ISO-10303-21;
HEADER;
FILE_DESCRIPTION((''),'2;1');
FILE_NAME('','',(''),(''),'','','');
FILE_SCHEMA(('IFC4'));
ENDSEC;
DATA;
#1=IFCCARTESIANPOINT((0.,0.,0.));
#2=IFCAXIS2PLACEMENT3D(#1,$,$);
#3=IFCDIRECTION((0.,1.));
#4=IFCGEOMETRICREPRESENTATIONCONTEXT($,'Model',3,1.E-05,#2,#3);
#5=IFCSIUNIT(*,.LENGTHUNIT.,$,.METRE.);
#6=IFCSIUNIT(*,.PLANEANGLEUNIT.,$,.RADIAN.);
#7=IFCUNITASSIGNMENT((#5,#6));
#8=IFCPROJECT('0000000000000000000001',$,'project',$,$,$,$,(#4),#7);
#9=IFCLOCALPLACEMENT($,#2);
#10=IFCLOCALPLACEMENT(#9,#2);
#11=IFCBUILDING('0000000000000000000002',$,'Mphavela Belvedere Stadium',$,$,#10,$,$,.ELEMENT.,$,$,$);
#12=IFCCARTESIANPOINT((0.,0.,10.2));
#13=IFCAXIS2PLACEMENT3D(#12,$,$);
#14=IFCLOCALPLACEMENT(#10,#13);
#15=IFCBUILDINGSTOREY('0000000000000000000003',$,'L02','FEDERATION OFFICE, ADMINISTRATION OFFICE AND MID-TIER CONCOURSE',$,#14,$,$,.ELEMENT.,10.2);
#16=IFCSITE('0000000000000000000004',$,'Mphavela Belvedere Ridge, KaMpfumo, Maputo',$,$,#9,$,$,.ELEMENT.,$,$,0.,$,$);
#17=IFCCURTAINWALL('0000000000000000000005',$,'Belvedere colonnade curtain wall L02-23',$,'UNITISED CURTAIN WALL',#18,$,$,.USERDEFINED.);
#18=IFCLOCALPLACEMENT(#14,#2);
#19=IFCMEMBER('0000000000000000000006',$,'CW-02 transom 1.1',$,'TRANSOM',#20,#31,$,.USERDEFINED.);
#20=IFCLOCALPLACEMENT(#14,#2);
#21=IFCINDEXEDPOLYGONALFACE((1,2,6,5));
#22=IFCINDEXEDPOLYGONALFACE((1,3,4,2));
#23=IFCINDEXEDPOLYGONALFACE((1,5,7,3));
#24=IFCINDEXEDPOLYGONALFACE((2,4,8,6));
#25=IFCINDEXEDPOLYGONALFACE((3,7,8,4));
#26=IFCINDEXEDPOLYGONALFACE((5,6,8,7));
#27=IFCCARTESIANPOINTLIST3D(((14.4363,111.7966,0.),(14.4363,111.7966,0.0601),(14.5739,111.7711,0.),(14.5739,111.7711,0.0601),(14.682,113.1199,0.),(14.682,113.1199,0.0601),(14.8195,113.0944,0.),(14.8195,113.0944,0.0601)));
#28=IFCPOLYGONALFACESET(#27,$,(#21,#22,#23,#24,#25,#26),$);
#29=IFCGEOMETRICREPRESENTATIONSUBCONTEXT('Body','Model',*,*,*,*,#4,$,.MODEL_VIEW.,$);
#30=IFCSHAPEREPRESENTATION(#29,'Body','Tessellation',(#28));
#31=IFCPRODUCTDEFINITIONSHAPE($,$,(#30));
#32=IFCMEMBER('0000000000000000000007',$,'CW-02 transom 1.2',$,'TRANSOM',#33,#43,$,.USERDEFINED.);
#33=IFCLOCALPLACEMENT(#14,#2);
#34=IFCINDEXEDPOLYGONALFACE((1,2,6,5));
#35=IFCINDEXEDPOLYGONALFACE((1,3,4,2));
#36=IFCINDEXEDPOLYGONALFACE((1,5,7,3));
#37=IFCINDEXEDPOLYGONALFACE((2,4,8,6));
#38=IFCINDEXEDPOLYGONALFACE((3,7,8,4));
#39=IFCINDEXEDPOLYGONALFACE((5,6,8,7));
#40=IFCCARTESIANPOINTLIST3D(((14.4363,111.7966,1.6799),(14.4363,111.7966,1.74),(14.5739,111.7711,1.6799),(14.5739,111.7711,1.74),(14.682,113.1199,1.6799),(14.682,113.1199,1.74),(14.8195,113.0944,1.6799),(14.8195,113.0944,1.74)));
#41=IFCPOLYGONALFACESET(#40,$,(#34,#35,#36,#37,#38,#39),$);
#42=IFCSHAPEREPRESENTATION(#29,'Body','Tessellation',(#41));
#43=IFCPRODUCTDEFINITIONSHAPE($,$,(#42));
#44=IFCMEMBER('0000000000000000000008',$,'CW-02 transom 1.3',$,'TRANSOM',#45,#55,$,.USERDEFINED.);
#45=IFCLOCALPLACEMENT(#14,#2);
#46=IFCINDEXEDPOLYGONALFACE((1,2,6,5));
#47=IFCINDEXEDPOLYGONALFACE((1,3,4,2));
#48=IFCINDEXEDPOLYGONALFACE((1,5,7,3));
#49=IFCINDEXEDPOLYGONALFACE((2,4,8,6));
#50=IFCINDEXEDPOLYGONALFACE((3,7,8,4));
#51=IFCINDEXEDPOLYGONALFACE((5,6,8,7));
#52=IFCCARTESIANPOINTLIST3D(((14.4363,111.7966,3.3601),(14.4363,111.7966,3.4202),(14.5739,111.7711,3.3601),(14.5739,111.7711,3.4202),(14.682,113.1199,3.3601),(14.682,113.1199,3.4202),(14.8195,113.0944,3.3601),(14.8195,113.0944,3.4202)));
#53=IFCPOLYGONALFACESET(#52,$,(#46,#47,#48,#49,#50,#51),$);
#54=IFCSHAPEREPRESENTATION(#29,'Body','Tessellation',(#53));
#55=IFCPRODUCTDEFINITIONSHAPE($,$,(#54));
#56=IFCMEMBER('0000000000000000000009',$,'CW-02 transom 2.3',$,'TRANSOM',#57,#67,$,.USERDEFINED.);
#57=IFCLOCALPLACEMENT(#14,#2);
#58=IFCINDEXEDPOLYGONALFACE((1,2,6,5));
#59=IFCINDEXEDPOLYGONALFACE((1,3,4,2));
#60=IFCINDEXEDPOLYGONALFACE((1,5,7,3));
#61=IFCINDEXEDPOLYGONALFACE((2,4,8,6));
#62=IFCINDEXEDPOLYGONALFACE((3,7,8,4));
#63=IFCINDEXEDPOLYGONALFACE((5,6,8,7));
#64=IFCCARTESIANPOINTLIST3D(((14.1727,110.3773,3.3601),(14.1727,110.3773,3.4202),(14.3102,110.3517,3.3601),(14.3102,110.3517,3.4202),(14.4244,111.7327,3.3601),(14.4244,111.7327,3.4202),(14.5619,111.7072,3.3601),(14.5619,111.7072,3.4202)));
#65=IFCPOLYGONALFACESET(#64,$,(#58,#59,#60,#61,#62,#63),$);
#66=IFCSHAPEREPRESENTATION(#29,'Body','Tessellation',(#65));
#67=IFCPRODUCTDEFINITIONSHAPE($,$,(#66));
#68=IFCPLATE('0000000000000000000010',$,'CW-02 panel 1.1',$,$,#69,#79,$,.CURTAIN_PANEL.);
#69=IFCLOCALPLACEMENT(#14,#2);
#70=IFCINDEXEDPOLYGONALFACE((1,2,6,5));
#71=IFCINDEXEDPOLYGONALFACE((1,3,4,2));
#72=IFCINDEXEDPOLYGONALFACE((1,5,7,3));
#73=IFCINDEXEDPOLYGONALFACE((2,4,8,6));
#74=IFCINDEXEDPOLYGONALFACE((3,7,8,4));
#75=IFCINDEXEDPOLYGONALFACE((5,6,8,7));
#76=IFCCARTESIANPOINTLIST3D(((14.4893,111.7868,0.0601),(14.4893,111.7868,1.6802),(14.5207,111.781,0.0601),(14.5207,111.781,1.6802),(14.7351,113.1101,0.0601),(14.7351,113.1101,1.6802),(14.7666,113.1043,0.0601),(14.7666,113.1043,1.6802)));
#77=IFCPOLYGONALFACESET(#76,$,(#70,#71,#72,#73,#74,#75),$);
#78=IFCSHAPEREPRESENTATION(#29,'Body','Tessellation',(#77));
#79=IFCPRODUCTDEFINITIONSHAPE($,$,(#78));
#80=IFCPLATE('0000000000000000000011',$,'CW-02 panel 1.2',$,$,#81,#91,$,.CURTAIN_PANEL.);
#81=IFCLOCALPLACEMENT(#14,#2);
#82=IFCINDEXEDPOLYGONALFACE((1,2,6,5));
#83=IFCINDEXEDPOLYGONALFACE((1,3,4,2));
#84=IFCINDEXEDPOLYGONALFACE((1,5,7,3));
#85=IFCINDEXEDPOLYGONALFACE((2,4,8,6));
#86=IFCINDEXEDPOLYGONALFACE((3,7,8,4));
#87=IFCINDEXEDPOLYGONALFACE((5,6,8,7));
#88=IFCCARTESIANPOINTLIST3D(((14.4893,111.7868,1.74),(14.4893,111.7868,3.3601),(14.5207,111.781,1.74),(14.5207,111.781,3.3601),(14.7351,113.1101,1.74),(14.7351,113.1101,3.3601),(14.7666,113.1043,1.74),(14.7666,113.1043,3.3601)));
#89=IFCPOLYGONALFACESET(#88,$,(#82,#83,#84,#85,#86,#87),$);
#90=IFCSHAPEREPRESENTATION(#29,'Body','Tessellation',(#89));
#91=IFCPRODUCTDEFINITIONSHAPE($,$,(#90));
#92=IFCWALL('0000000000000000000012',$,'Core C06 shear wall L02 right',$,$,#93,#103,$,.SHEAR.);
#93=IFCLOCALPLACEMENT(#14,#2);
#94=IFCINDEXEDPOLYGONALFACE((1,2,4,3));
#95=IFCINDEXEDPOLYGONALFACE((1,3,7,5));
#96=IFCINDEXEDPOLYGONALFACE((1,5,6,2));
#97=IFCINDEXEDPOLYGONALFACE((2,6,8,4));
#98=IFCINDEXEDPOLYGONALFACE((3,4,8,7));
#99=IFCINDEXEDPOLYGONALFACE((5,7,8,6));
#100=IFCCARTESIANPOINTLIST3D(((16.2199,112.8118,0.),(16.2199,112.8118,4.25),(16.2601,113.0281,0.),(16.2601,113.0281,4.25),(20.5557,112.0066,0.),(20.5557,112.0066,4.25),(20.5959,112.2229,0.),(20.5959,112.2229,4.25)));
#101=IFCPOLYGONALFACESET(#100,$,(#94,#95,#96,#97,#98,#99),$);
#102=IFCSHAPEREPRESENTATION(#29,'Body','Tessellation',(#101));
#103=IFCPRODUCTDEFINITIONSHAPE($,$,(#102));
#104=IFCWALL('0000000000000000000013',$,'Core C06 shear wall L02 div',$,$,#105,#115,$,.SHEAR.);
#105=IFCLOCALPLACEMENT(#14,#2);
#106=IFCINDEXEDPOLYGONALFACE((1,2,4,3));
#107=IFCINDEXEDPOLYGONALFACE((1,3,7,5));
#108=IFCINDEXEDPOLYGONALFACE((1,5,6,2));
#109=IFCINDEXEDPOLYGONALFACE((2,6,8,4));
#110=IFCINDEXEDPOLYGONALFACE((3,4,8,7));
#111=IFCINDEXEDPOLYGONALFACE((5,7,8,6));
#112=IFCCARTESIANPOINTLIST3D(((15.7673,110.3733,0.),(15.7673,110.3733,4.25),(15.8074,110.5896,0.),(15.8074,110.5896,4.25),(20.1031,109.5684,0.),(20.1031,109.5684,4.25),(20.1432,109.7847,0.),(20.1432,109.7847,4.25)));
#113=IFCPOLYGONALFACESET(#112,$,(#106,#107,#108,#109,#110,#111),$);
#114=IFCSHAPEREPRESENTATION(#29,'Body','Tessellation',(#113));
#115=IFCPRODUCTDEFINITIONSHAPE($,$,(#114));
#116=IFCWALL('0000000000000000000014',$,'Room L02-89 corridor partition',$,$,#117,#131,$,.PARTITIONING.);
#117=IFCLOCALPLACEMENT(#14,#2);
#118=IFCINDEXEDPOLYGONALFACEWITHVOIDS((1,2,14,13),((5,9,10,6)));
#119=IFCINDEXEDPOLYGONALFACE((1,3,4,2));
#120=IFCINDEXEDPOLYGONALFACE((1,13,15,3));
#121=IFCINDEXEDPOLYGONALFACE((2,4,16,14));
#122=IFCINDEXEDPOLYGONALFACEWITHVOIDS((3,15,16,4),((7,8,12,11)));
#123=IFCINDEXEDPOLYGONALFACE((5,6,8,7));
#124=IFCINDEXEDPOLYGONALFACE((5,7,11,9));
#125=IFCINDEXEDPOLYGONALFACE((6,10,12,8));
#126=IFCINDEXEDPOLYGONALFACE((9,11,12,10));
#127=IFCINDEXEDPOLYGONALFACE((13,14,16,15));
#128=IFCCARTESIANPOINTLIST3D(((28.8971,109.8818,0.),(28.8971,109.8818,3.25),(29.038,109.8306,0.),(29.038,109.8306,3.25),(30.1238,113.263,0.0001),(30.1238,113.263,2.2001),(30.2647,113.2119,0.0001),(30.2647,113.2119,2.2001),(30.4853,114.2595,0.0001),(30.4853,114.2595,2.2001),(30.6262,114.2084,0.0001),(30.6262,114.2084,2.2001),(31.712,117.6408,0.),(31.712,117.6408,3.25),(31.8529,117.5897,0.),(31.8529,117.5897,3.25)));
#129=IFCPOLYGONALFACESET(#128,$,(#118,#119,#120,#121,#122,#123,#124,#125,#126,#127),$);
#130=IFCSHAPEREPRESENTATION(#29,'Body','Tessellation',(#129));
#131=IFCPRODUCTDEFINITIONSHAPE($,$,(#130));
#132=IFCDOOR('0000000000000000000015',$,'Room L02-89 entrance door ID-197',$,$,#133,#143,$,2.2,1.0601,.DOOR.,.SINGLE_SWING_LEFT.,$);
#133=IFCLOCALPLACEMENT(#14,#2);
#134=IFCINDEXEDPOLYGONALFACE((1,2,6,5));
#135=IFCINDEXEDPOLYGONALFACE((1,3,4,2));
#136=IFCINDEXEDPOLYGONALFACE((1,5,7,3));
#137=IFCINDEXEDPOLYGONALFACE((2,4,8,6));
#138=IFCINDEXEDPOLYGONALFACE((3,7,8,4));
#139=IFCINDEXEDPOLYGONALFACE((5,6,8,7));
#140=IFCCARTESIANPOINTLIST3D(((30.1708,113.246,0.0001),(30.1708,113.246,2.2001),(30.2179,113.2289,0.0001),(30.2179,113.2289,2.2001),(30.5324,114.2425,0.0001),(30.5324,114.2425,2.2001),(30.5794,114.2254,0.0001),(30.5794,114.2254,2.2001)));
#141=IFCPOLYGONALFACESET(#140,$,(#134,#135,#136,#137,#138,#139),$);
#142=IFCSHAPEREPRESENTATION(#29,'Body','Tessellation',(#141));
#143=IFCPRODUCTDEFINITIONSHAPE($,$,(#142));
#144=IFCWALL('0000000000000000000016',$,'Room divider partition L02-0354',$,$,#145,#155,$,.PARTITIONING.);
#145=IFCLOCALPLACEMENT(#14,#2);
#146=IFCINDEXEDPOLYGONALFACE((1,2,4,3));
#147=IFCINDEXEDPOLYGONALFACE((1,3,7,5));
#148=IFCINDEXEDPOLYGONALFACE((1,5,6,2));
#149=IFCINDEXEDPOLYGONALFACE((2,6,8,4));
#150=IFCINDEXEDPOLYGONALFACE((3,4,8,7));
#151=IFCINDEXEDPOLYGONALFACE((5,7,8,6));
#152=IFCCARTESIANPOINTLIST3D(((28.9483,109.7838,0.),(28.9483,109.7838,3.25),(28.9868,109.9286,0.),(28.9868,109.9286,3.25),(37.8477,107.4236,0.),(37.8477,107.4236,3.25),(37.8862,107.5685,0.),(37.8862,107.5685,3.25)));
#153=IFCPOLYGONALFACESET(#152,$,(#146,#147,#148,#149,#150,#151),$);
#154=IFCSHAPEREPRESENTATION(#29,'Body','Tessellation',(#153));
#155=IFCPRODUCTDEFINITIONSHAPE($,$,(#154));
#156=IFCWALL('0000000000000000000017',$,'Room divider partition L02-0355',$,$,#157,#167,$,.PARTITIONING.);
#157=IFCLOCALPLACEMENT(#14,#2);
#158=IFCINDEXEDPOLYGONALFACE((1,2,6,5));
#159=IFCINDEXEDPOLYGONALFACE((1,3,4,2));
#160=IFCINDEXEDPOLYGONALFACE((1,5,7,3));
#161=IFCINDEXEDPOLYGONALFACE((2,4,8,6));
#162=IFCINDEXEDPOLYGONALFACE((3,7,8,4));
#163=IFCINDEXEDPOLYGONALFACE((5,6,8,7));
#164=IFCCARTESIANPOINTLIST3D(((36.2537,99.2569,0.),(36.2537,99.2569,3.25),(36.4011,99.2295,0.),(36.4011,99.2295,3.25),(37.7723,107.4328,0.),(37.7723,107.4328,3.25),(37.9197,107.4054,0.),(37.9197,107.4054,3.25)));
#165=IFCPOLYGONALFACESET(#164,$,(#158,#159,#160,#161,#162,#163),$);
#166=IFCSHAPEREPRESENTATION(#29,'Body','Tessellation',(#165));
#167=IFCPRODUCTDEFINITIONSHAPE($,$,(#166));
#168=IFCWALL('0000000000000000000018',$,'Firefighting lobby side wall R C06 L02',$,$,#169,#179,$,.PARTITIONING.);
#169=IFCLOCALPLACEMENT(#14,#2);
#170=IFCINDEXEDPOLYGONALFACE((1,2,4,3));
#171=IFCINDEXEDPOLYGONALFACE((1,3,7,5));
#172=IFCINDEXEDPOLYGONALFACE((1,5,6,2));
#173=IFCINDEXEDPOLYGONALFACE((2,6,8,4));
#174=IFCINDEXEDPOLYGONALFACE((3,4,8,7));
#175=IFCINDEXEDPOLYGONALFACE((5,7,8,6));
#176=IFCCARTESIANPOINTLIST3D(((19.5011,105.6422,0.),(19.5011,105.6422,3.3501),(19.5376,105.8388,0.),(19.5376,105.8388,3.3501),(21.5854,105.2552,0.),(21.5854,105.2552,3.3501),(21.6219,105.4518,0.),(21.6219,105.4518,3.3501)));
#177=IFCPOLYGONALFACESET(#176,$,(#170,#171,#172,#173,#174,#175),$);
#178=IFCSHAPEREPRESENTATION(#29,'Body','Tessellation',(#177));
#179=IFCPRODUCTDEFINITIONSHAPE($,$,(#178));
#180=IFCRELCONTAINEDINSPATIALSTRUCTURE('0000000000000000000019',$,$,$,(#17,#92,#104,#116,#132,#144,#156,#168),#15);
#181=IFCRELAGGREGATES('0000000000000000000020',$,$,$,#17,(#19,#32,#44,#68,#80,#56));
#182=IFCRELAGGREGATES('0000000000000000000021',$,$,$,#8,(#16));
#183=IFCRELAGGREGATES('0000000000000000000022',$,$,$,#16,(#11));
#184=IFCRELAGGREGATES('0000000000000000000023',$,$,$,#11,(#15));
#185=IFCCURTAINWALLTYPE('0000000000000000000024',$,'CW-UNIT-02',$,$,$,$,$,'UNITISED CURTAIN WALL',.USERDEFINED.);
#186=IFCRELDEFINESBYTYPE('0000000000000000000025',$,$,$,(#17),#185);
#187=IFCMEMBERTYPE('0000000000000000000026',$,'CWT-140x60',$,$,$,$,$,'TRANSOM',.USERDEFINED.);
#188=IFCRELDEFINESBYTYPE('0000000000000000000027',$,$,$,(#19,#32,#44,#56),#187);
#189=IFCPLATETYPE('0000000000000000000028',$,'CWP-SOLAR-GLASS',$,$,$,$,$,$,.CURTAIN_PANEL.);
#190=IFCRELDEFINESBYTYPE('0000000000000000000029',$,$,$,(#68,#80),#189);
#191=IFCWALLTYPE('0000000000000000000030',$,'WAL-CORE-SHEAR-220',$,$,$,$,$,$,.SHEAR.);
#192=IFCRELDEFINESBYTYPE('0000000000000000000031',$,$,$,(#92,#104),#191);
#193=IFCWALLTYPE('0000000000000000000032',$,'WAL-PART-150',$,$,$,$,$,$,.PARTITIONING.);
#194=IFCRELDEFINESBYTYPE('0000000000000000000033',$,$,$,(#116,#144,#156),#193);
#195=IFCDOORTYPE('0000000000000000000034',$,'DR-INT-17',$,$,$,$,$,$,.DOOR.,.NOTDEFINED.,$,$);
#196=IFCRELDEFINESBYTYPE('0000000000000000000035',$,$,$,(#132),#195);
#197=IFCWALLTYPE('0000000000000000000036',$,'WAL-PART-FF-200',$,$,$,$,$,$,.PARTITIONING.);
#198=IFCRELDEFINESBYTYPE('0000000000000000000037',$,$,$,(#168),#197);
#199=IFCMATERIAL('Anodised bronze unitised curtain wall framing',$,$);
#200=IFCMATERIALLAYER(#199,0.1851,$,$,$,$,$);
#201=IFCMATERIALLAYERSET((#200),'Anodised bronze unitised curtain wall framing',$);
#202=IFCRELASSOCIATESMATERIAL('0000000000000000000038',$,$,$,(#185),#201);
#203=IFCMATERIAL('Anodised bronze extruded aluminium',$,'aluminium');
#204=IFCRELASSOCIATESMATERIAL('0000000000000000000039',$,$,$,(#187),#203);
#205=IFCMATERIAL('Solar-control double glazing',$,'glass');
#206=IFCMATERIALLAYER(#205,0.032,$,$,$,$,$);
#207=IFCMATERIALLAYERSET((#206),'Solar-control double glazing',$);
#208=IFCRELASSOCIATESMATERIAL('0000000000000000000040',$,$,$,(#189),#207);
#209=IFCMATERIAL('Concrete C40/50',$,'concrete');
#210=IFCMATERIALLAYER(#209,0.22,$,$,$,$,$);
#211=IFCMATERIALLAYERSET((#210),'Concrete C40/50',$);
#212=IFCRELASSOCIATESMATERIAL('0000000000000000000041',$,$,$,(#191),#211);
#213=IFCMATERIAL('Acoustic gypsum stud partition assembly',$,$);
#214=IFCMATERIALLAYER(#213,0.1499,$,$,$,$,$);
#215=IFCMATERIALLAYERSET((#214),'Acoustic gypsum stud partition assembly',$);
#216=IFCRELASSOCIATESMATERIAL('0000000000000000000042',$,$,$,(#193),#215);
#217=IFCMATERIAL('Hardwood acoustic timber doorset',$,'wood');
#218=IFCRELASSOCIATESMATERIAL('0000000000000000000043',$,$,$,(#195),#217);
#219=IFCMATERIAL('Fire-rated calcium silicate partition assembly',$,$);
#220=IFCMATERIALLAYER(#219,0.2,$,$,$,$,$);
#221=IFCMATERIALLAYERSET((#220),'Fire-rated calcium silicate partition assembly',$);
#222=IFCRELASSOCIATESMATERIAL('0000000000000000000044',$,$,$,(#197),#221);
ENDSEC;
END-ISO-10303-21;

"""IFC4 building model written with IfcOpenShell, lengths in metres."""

from ifc_helpers import new_model, si_unit, direction, frame, frame_2d, origin, origin_2d, place, context, subcontext, project, spatial, rectangle, extrude, material, layer, layer_set, material_profile, profile_set, type_object, element, fill, aggregate, save


model = new_model("IFC4")

# Units and contexts
model_context = context("Model", 3, precision=1e-05, world=origin(), true_north=direction((0.0, 1.0)))
body_context = subcontext(model_context, "Body", "Model", "MODEL_VIEW")
ifc_project = project(units=[si_unit("LENGTHUNIT", "METRE"), si_unit("PLANEANGLEUNIT", "RADIAN")], contexts=[model_context])

# Site, building, storey
site_placement = place(None, origin())
site = spatial("IfcSite", under=ifc_project, at=site_placement, Name="Mphavela Belvedere Ridge, KaMpfumo, Maputo", CompositionType="ELEMENT", RefElevation=0.0)
building_placement = place(site_placement, origin())
building = spatial("IfcBuilding", under=site, at=building_placement, Name="Mphavela Belvedere Stadium", CompositionType="ELEMENT")
storey_placement = place(building_placement, frame((0.0, 0.0, 10.2)))
storey = spatial("IfcBuildingStorey", under=building, at=storey_placement, Name="L02", Description="FEDERATION OFFICE, ADMINISTRATION OFFICE AND MID-TIER CONCOURSE", CompositionType="ELEMENT", Elevation=10.2)

# Curtain wall, members, plates
ifc_material_1 = material(Name="Anodised bronze unitised curtain wall framing")
ifc_layer_1 = layer(ifc_material_1, 0.1851)
ifc_layer_set_1 = layer_set([ifc_layer_1], Name="Anodised bronze unitised curtain wall framing")
curtain_wall_type = type_object("IfcCurtainWallType", Name="CW-UNIT-02", ElementType="UNITISED CURTAIN WALL", PredefinedType="USERDEFINED", material=ifc_layer_set_1)
curtain_wall_placement = place(storey_placement, origin())
curtain_wall = element("IfcCurtainWall", 1, at=curtain_wall_placement, inside=storey, type_object=curtain_wall_type, Name="Belvedere colonnade curtain wall L02-23", ObjectType="UNITISED CURTAIN WALL", PredefinedType="USERDEFINED")
ifc_material_2 = material(Name="Anodised bronze extruded aluminium", Category="aluminium")
ifc_material_profile_1 = material_profile(ifc_material_2, rectangle(XDim=0.1399, YDim=0.0601, at=origin_2d()), Name="CW-TRN 140x60")
ifc_profile_set_1 = profile_set([ifc_material_profile_1], Name="Anodised bronze extruded aluminium")
member_type_1 = type_object("IfcMemberType", Name="CWT-140x60", ElementType="TRANSOM", PredefinedType="USERDEFINED", material=ifc_profile_set_1)
member_1_placement = place(storey_placement, frame((14.7507, 113.1072, 0.03), z_axis=(-0.182492, -0.983207, 0.0), x_axis=(0.983207, -0.182492, 0.0)))
member_1 = element("IfcMember", 2, at=member_1_placement, type_object=member_type_1, Name="CW-02 transom 1.1", ObjectType="TRANSOM", PredefinedType="USERDEFINED", context=body_context, shape_type="SweptSolid", body=[
    extrude(rectangle(XDim=0.1399, YDim=0.0601, at=origin_2d()), origin(), (0.0, 0.0, 1.0), 1.3459),
])
member_2_placement = place(storey_placement, frame((14.7507, 113.1072, 1.71), z_axis=(-0.182492, -0.983207, 0.0), x_axis=(0.983207, -0.182492, 0.0)))
member_2 = element("IfcMember", 3, at=member_2_placement, type_object=member_type_1, Name="CW-02 transom 1.2", ObjectType="TRANSOM", PredefinedType="USERDEFINED", context=body_context, shape_type="SweptSolid", body=[
    extrude(rectangle(XDim=0.1399, YDim=0.0601, at=origin_2d()), origin(), (0.0, 0.0, 1.0), 1.3459),
])
member_3_placement = place(storey_placement, frame((14.7507, 113.1072, 3.3901), z_axis=(-0.182492, -0.983207, 0.0), x_axis=(0.983207, -0.182492, 0.0)))
member_3 = element("IfcMember", 4, at=member_3_placement, type_object=member_type_1, Name="CW-02 transom 1.3", ObjectType="TRANSOM", PredefinedType="USERDEFINED", context=body_context, shape_type="SweptSolid", body=[
    extrude(rectangle(XDim=0.1399, YDim=0.0601, at=origin_2d()), origin(), (0.0, 0.0, 1.0), 1.3459),
])
member_4_placement = place(storey_placement, frame((14.4932, 111.72, 3.3901), z_axis=(-0.182578, -0.983191, 0.0), x_axis=(0.983191, -0.182578, 0.0)))
member_4 = element("IfcMember", 5, at=member_4_placement, type_object=member_type_1, Name="CW-02 transom 2.3", ObjectType="TRANSOM", PredefinedType="USERDEFINED", context=body_context, shape_type="SweptSolid", body=[
    extrude(rectangle(XDim=0.1399, YDim=0.0601, at=origin_2d()), origin(), (0.0, 0.0, 1.0), 1.3787),
])
ifc_material_3 = material(Name="Solar-control double glazing", Category="glass")
ifc_layer_2 = layer(ifc_material_3, 0.032)
ifc_layer_set_2 = layer_set([ifc_layer_2], Name="Solar-control double glazing")
plate_type = type_object("IfcPlateType", Name="CWP-SOLAR-GLASS", PredefinedType="CURTAIN_PANEL", material=ifc_layer_set_2)
plate_1_placement = place(storey_placement, frame((14.6279, 112.4456, 0.0601), z_axis=(0.0, 0.0, 1.0), x_axis=(-0.182625, -0.983183, 0.0)))
plate_1 = element("IfcPlate", 6, at=plate_1_placement, type_object=plate_type, Name="CW-02 panel 1.1", PredefinedType="CURTAIN_PANEL", context=body_context, shape_type="SweptSolid", body=[
    extrude(rectangle(XDim=1.3459, YDim=0.032, at=origin_2d()), origin(), (0.0, 0.0, 1.0), 1.6201),
])
plate_2_placement = place(storey_placement, frame((14.6279, 112.4456, 1.74), z_axis=(0.0, 0.0, 1.0), x_axis=(-0.182625, -0.983183, 0.0)))
plate_2 = element("IfcPlate", 7, at=plate_2_placement, type_object=plate_type, Name="CW-02 panel 1.2", PredefinedType="CURTAIN_PANEL", context=body_context, shape_type="SweptSolid", body=[
    extrude(rectangle(XDim=1.3459, YDim=0.032, at=origin_2d()), origin(), (0.0, 0.0, 1.0), 1.6201),
])
aggregate(curtain_wall, [member_1, member_2, member_3, plate_1, plate_2, member_4])

# Walls
ifc_material_4 = material(Name="Concrete C40/50", Category="concrete")
ifc_layer_3 = layer(ifc_material_4, 0.22)
ifc_layer_set_3 = layer_set([ifc_layer_3], Name="Concrete C40/50")
wall_type_1 = type_object("IfcWallType", Name="WAL-CORE-SHEAR-220", PredefinedType="SHEAR", material=ifc_layer_set_3)
for number, where, z_axis, x_axis, name in (
    (8, (20.5759, 112.1147, 0.0), (0.0, 0.0, 1.0), (-0.98319, 0.182587, 0.0), "Core C06 shear wall L02 right"),
    (9, (20.1233, 109.6765, 0.0), (0.0, 0.0, 1.0), (-0.983202, 0.182523, 0.0), "Core C06 shear wall L02 div"),
):
    element("IfcWall", number, at=place(storey_placement, frame(where, z_axis=z_axis, x_axis=x_axis)), inside=storey, type_object=wall_type_1, Name=name, PredefinedType="SHEAR", context=body_context, shape_type="SweptSolid", body=[
        extrude(rectangle(XDim=4.4099, YDim=0.22, at=frame_2d((2.2051, 0.0))), origin(), (0.0, 0.0, 1.0), 4.25),
    ])

# Wall, opening, door
ifc_material_5 = material(Name="Acoustic gypsum stud partition assembly")
ifc_layer_4 = layer(ifc_material_5, 0.1499)
ifc_layer_set_4 = layer_set([ifc_layer_4], Name="Acoustic gypsum stud partition assembly")
wall_type_2 = type_object("IfcWallType", Name="WAL-PART-150", PredefinedType="PARTITIONING", material=ifc_layer_set_4)
wall_1_placement = place(storey_placement, frame((28.9675, 109.8562, 0.0), z_axis=(0.0, 0.0, 1.0), x_axis=(0.341045, 0.940047, 0.0)))
wall_1 = element("IfcWall", 10, at=wall_1_placement, inside=storey, type_object=wall_type_2, Name="Room L02-89 corridor partition", PredefinedType="PARTITIONING", context=body_context, shape_type="SweptSolid", body=[
    extrude(rectangle(XDim=8.2539, YDim=0.1499, at=frame_2d((4.127, 0.0))), origin(), (0.0, 0.0, 1.0), 3.25),
])
opening_placement = place(wall_1_placement, frame((3.5969, 0.0, 0.0)))
opening = element("IfcOpeningElement", 11, at=opening_placement, cuts=wall_1, PredefinedType="OPENING", context=body_context, shape_type="SweptSolid", body=[
    extrude(rectangle(XDim=1.0601, YDim=2.2, at=frame_2d((0.53, 1.1001))), frame((0.0, 0.085, 0.0), z_axis=(0.0, -1.0, 0.0), x_axis=(1.0, 0.0, 0.0)), (0.0, 0.0, 1.0), 0.1699),
])
ifc_material_6 = material(Name="Hardwood acoustic timber doorset", Category="wood")
door_type = type_object("IfcDoorType", Name="DR-INT-17", OperationType="NOTDEFINED", PredefinedType="DOOR", material=ifc_material_6)
door_placement = place(opening_placement, origin())
door = element("IfcDoor", 12, at=door_placement, inside=storey, type_object=door_type, Name="Room L02-89 entrance door ID-197", OperationType="SINGLE_SWING_LEFT", OverallHeight=2.2, OverallWidth=1.0601, PredefinedType="DOOR", context=body_context, shape_type="SweptSolid", body=[
    extrude(rectangle(XDim=1.0601, YDim=2.2, at=frame_2d((0.53, 1.1001))), frame((0.0, 0.0249, 0.0), z_axis=(0.0, -1.0, 0.0), x_axis=(1.0, 0.0, 0.0)), (0.0, 0.0, 1.0), 0.05),
])
fill(opening, door)

# Walls
wall_2_placement = place(storey_placement, frame((37.8669, 107.4961, 0.0), z_axis=(0.0, 0.0, 1.0), x_axis=(-0.966587, 0.256337, 0.0)))
element("IfcWall", 13, at=wall_2_placement, inside=storey, type_object=wall_type_2, Name="Room divider partition L02-0354", PredefinedType="PARTITIONING", context=body_context, shape_type="SweptSolid", body=[
    extrude(rectangle(XDim=9.207, YDim=0.1499, at=frame_2d((4.6035, 0.0))), origin(), (0.0, 0.0, 1.0), 3.25),
])
wall_3_placement = place(storey_placement, frame((37.8459, 107.4189, 0.0), z_axis=(0.0, 0.0, 1.0), x_axis=(-0.182615, -0.983185, 0.0)))
element("IfcWall", 14, at=wall_3_placement, inside=storey, type_object=wall_type_2, Name="Room divider partition L02-0355", PredefinedType="PARTITIONING", context=body_context, shape_type="SweptSolid", body=[
    extrude(rectangle(XDim=8.3157, YDim=0.1499, at=frame_2d((4.1577, 0.0))), origin(), (0.0, 0.0, 1.0), 3.25),
])
ifc_material_7 = material(Name="Fire-rated calcium silicate partition assembly")
ifc_layer_5 = layer(ifc_material_7, 0.2)
ifc_layer_set_5 = layer_set([ifc_layer_5], Name="Fire-rated calcium silicate partition assembly")
wall_type_3 = type_object("IfcWallType", Name="WAL-PART-FF-200", PredefinedType="PARTITIONING", material=ifc_layer_set_5)
wall_4_placement = place(storey_placement, frame((21.6038, 105.3535, 0.0), z_axis=(0.0, 0.0, 1.0), x_axis=(-0.983198, 0.182543, 0.0)))
element("IfcWall", 15, at=wall_4_placement, inside=storey, type_object=wall_type_3, Name="Firefighting lobby side wall R C06 L02", PredefinedType="PARTITIONING", context=body_context, shape_type="SweptSolid", body=[
    extrude(rectangle(XDim=2.1199, YDim=0.2, at=frame_2d((1.0601, 0.0))), origin(), (0.0, 0.0, 1.0), 3.3501),
])

save(model, "model.ifc")
